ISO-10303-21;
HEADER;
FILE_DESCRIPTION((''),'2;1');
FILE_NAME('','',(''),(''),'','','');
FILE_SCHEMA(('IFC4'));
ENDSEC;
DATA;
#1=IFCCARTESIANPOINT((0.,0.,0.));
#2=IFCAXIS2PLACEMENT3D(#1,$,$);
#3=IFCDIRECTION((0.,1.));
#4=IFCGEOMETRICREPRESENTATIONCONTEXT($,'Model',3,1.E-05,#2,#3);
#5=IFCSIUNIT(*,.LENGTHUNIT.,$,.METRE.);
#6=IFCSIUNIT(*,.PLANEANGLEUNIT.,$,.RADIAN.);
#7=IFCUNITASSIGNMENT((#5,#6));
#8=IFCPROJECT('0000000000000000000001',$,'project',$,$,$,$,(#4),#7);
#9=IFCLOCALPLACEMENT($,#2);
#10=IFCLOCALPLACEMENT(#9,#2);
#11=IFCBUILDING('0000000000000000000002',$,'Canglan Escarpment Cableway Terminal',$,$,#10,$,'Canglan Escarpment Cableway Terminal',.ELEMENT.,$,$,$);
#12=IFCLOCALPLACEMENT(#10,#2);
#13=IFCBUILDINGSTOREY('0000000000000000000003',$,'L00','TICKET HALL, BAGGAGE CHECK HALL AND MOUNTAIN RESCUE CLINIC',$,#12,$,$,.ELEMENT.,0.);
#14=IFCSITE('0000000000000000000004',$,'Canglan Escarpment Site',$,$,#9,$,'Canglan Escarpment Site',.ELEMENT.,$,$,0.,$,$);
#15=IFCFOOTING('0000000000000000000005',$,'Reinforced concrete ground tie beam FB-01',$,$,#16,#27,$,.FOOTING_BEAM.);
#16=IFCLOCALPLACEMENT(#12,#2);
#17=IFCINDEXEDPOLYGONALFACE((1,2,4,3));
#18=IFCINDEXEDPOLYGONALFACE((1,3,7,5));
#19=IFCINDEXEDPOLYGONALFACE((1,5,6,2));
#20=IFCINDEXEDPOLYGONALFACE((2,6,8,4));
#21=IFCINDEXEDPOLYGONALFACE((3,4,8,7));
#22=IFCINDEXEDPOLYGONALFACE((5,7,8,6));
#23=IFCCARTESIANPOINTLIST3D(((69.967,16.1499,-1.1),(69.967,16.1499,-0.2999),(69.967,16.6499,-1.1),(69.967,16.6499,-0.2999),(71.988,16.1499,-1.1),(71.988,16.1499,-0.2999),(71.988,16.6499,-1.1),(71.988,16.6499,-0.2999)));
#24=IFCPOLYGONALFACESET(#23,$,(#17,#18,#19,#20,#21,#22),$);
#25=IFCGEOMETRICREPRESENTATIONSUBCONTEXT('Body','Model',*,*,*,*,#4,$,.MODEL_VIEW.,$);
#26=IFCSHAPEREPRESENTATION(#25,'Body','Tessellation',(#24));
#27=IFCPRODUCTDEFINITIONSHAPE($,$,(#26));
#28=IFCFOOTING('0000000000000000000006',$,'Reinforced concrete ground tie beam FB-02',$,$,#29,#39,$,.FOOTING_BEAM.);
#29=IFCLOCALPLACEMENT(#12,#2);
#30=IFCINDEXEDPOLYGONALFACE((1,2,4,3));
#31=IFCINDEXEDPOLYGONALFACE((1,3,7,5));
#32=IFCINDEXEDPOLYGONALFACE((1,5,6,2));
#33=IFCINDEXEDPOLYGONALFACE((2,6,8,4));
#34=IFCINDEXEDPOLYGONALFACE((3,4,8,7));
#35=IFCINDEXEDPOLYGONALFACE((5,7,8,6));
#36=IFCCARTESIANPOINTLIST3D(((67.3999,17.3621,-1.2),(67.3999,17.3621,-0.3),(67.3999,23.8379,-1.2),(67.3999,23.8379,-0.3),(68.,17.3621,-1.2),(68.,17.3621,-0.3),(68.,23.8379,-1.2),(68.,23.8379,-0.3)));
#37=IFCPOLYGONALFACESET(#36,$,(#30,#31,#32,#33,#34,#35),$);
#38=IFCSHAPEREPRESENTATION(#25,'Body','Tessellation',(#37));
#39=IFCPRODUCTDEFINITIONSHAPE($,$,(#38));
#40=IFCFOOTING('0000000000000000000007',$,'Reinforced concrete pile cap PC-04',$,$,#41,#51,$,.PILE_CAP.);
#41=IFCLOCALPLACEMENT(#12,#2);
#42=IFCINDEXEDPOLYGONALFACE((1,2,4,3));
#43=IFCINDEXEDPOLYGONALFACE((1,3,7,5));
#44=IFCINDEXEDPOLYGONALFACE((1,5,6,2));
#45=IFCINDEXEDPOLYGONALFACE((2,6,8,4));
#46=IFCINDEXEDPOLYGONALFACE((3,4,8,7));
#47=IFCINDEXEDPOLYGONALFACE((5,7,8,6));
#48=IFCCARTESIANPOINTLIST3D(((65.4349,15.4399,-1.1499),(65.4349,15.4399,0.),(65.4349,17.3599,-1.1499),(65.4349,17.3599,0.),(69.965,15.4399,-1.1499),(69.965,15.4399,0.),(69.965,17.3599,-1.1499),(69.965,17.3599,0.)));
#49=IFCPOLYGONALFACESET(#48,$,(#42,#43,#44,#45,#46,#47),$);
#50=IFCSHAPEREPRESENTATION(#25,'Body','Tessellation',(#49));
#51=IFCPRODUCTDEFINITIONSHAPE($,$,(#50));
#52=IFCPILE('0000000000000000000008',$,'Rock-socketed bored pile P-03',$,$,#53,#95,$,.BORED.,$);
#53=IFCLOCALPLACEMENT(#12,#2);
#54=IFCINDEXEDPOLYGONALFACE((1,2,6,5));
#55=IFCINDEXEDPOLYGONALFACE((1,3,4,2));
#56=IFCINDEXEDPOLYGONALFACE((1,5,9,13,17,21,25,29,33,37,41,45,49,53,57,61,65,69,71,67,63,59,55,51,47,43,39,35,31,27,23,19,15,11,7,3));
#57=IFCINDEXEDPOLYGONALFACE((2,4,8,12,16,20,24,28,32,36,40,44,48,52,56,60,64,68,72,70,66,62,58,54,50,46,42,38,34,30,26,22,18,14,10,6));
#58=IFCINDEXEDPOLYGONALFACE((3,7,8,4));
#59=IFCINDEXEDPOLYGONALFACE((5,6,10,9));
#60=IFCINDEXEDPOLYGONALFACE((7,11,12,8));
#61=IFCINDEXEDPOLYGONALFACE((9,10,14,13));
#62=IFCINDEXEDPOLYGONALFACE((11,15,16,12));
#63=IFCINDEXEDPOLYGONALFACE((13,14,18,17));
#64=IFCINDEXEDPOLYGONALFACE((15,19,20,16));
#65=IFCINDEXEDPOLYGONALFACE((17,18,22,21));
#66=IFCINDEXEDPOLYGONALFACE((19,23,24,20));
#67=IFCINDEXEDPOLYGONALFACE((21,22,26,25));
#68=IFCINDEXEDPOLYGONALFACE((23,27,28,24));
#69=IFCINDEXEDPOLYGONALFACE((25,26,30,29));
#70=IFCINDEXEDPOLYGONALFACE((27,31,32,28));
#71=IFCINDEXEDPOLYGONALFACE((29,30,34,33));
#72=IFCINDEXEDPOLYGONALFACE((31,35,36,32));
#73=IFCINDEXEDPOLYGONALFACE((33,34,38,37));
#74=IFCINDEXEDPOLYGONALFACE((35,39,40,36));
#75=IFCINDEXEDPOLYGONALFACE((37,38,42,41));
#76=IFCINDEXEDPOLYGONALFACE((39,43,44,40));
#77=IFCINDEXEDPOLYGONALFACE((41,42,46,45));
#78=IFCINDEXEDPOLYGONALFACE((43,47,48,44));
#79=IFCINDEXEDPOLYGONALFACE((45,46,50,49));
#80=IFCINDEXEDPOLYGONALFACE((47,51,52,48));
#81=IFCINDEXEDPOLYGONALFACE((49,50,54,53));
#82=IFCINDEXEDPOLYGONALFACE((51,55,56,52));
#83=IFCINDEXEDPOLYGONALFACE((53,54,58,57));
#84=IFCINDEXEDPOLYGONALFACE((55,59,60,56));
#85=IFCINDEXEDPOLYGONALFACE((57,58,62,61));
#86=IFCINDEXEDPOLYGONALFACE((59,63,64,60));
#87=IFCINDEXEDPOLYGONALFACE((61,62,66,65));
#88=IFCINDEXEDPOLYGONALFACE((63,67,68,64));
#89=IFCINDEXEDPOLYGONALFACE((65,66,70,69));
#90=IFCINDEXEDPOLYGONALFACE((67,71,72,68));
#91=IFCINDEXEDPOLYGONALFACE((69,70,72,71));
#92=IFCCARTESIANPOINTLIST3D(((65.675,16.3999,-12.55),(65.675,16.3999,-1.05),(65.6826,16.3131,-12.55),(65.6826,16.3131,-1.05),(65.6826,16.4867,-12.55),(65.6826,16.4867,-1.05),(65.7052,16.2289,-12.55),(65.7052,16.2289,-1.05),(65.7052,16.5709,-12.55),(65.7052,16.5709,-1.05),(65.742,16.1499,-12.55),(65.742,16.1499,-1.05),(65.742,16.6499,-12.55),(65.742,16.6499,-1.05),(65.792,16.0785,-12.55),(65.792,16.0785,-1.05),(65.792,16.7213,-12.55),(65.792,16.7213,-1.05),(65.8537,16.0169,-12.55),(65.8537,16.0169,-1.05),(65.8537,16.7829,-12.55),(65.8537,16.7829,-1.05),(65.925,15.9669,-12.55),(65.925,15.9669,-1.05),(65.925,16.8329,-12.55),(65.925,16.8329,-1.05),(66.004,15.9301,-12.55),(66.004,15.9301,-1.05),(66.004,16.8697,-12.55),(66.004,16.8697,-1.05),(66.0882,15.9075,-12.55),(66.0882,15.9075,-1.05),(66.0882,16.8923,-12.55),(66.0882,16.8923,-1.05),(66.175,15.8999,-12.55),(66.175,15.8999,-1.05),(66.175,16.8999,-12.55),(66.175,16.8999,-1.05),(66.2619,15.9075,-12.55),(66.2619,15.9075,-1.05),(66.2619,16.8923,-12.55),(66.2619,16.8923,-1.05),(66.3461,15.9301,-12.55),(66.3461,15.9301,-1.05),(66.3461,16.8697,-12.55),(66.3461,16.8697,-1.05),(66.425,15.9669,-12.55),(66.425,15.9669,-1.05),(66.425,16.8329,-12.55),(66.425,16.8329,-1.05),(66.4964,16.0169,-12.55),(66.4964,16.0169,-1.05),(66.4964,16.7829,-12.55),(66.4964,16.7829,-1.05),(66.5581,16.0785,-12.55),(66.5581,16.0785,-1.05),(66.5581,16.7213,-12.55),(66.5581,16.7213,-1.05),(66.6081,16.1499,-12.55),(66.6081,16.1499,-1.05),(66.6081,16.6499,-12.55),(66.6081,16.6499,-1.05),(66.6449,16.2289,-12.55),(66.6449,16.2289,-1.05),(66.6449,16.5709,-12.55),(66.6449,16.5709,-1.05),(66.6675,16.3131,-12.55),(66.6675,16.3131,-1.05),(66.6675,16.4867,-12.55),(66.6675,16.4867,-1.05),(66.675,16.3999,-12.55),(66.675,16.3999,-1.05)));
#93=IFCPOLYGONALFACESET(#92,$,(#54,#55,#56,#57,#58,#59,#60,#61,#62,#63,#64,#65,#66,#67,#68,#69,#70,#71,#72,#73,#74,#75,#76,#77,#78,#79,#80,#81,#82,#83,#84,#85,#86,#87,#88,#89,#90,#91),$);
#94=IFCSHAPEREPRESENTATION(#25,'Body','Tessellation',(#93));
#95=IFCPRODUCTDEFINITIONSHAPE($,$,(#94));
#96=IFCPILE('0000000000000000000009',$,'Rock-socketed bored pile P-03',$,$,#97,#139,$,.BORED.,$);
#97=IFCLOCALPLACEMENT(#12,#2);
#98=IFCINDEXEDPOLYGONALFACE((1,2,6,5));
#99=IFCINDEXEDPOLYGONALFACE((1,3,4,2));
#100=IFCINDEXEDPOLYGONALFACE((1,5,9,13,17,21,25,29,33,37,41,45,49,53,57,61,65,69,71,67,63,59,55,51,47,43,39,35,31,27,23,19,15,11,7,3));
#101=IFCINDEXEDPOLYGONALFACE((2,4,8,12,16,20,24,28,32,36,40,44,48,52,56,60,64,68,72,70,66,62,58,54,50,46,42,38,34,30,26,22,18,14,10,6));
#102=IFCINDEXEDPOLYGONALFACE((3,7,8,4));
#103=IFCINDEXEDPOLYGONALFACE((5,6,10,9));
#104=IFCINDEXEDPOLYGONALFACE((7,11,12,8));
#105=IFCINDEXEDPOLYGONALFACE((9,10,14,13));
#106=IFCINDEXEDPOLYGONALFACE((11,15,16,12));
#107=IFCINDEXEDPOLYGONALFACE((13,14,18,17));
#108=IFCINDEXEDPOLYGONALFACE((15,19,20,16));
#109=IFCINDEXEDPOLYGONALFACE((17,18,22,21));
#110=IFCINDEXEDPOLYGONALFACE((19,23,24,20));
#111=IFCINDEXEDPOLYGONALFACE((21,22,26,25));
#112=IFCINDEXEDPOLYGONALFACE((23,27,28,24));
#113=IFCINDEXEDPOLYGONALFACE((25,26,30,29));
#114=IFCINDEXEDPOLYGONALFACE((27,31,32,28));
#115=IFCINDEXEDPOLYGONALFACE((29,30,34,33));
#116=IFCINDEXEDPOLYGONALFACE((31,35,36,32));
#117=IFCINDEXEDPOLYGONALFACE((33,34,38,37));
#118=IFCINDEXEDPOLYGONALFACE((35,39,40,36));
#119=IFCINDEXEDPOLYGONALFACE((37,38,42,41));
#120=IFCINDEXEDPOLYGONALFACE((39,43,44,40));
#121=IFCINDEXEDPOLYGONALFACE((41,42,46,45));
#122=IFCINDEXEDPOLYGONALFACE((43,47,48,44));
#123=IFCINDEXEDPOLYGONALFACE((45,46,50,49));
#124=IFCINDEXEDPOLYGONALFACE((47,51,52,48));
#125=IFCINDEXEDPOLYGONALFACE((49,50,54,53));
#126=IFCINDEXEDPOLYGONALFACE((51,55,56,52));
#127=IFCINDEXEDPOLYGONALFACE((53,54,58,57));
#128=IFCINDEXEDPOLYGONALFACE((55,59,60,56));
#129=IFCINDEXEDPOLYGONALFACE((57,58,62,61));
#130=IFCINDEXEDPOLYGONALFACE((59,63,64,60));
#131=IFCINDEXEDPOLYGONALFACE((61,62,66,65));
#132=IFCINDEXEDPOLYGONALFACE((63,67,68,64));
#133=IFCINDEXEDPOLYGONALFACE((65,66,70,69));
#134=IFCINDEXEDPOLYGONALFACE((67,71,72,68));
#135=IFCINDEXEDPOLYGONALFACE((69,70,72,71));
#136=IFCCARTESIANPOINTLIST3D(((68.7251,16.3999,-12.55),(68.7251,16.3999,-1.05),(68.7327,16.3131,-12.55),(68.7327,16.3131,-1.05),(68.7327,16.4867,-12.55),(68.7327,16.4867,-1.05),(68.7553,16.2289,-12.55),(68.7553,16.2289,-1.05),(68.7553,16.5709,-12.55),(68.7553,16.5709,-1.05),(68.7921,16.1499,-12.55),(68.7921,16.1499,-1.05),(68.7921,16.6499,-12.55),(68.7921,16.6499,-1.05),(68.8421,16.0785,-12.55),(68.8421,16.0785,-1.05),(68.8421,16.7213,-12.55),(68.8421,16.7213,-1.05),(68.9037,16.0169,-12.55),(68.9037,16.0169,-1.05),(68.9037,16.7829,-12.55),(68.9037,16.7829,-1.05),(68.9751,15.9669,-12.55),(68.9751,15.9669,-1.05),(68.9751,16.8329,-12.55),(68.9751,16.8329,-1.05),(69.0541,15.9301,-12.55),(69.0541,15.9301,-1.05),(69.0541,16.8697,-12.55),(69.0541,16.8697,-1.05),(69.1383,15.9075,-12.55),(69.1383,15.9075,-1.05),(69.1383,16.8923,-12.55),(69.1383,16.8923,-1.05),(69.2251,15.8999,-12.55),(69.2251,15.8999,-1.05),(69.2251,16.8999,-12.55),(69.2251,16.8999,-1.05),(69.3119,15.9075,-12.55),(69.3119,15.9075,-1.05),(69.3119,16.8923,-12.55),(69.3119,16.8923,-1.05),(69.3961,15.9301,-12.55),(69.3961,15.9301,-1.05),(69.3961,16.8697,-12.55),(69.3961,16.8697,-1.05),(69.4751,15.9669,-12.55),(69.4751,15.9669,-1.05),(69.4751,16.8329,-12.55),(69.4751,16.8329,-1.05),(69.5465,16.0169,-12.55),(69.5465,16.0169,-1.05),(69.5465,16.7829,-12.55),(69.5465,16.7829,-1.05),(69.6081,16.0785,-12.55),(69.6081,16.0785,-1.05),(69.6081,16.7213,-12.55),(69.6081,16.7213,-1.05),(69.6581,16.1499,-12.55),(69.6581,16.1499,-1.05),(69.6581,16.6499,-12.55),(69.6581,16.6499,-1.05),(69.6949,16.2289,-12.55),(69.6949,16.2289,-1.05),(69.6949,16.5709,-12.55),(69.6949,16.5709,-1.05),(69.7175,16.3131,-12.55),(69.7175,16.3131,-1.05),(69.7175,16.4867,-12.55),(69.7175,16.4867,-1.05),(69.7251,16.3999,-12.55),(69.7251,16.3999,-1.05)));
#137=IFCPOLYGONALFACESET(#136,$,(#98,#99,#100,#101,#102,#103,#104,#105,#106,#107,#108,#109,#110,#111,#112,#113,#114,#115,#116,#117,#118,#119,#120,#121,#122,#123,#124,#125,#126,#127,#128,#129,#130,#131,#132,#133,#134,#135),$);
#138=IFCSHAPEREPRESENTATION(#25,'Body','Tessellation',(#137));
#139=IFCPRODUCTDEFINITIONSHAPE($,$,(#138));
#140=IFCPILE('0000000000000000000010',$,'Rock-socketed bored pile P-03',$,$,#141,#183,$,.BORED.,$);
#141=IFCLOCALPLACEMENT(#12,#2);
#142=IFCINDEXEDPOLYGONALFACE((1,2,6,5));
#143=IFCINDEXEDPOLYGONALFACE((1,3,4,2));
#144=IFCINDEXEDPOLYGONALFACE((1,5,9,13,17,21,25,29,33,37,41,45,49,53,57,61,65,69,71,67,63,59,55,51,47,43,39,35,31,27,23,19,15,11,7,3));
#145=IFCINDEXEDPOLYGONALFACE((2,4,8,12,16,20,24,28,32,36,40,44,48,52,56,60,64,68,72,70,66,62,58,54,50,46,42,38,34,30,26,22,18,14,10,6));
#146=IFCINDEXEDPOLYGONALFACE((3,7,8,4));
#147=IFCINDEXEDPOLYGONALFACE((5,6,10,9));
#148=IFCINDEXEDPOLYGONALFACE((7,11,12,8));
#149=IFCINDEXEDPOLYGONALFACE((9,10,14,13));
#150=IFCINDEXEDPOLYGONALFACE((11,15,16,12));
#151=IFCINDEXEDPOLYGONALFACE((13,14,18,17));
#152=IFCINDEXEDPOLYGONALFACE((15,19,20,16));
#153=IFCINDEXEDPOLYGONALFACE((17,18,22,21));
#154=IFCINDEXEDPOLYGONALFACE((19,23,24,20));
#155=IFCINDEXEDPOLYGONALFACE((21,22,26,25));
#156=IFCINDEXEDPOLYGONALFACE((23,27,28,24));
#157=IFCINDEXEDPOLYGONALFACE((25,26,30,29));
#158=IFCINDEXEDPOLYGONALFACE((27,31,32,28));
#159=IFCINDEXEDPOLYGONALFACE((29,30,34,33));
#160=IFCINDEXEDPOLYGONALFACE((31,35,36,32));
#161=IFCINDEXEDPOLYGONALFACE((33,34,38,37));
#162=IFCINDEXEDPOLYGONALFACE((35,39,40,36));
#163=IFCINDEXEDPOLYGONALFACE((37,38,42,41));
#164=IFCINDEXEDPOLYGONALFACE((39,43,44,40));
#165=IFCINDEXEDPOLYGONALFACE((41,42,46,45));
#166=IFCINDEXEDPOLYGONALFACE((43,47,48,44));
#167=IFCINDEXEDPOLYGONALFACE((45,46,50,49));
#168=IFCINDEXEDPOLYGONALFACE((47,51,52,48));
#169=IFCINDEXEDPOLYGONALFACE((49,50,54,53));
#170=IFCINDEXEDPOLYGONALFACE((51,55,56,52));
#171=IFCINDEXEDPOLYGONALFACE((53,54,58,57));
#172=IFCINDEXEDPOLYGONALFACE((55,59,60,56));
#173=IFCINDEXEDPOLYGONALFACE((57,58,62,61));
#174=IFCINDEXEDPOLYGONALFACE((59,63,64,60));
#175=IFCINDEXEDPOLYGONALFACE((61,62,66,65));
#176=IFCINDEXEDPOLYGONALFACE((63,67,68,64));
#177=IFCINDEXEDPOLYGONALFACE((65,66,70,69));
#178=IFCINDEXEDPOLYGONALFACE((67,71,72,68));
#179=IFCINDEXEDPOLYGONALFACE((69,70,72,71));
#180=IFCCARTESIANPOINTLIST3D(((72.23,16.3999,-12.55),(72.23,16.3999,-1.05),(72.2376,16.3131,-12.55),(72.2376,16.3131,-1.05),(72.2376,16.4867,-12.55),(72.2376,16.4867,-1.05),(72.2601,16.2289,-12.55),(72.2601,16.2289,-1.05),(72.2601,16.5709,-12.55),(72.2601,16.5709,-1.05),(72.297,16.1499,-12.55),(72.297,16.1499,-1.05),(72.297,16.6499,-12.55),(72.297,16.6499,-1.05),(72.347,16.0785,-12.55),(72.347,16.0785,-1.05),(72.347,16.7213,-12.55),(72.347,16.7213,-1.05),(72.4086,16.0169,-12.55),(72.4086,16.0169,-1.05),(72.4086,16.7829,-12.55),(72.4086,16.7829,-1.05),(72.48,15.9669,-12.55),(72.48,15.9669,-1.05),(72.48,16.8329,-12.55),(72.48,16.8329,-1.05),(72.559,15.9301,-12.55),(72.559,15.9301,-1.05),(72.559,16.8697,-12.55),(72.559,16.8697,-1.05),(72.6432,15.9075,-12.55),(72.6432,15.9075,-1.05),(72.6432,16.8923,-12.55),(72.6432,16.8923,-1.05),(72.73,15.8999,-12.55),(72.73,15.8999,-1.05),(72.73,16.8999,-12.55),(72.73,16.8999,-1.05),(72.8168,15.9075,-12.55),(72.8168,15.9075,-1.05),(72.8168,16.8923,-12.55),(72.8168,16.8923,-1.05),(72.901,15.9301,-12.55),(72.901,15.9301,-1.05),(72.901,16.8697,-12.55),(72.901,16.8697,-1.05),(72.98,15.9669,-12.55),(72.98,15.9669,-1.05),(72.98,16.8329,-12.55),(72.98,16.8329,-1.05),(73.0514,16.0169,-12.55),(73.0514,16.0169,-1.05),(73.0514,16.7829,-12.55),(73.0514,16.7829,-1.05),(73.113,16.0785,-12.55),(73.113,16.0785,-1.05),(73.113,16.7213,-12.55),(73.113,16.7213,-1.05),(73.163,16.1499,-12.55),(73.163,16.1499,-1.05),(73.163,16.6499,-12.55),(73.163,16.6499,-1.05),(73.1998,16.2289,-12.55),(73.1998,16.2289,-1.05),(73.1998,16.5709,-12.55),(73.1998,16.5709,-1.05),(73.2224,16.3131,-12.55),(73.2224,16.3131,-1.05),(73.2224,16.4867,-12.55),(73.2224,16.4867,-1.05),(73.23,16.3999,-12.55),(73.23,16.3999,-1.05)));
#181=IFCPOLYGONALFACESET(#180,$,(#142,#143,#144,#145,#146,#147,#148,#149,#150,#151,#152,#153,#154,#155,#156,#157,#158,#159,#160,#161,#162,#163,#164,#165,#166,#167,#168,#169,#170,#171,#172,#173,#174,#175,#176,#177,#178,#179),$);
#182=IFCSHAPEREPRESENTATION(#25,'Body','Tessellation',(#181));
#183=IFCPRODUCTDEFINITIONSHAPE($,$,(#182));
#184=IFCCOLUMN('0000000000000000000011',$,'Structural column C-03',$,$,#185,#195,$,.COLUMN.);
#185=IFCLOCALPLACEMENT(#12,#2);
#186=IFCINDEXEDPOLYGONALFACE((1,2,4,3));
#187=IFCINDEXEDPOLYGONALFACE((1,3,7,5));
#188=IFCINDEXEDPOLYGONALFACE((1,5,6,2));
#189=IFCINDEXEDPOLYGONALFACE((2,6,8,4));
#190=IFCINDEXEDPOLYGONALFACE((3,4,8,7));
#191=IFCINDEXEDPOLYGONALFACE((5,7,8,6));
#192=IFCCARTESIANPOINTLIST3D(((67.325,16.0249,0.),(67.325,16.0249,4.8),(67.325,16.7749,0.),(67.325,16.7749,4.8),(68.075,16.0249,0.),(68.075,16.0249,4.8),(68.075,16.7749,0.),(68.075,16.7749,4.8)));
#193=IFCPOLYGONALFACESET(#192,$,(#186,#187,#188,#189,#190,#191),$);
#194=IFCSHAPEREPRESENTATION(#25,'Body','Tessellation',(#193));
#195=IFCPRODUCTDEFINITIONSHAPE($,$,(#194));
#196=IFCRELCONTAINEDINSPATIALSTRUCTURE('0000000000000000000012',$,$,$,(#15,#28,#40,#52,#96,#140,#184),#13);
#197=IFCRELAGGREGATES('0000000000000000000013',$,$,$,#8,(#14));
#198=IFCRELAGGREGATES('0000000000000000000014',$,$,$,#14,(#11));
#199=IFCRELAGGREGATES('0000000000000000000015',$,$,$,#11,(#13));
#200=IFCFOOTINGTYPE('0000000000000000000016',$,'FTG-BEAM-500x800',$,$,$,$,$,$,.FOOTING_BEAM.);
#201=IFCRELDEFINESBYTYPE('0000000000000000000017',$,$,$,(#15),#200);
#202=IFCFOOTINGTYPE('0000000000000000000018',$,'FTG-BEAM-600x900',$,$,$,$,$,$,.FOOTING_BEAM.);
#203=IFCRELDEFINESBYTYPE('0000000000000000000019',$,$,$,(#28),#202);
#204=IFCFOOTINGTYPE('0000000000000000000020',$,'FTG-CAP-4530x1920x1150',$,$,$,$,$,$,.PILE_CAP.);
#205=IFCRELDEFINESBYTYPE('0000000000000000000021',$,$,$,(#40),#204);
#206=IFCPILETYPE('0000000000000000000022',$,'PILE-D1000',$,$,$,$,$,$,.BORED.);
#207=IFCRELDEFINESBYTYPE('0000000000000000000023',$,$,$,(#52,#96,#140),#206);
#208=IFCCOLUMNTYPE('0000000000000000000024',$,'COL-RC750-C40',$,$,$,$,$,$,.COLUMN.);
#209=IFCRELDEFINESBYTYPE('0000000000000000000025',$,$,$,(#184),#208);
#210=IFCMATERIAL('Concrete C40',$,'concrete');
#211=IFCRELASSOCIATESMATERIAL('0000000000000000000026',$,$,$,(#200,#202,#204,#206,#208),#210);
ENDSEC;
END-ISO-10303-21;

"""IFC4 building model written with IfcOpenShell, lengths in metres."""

from ifc_helpers import new_model, si_unit, direction, frame, origin, origin_2d, place, context, subcontext, project, spatial, rectangle, circle, extrude, material, material_profile, profile_set, type_object, element, save


model = new_model("IFC4")

# Units and contexts
model_context = context("Model", 3, precision=1e-05, world=origin(), true_north=direction((0.0, 1.0)))
body_context = subcontext(model_context, "Body", "Model", "MODEL_VIEW")
ifc_project = project(units=[si_unit("LENGTHUNIT", "METRE"), si_unit("PLANEANGLEUNIT", "RADIAN")], contexts=[model_context])

# Site, building, storey
site_placement = place(None, origin())
site = spatial("IfcSite", under=ifc_project, at=site_placement, Name="Canglan Escarpment Site", LongName="Canglan Escarpment Site", CompositionType="ELEMENT", RefElevation=0.0)
building_placement = place(site_placement, origin())
building = spatial("IfcBuilding", under=site, at=building_placement, Name="Canglan Escarpment Cableway Terminal", LongName="Canglan Escarpment Cableway Terminal", CompositionType="ELEMENT")
storey_placement = place(building_placement, origin())
storey = spatial("IfcBuildingStorey", under=building, at=storey_placement, Name="L00", Description="TICKET HALL, BAGGAGE CHECK HALL AND MOUNTAIN RESCUE CLINIC", CompositionType="ELEMENT", Elevation=0.0)

# Footings
ifc_material_1 = material(Name="Concrete C40", Category="concrete")
ifc_material_profile_1 = material_profile(ifc_material_1, rectangle(XDim=0.5, YDim=0.8, at=origin_2d()), Name="FB 500x800")
ifc_profile_set_1 = profile_set([ifc_material_profile_1], Name="Concrete C40")
footing_type_1 = type_object("IfcFootingType", Name="FTG-BEAM-500x800", PredefinedType="FOOTING_BEAM", material=ifc_profile_set_1)
footing_1_placement = place(storey_placement, frame((69.967, 16.3999, -0.7), z_axis=(1.0, 0.0, 0.0), x_axis=(0.0, 1.0, 0.0)))
element("IfcFooting", 1, at=footing_1_placement, inside=storey, type_object=footing_type_1, Name="Reinforced concrete ground tie beam FB-01", PredefinedType="FOOTING_BEAM", context=body_context, shape_type="SweptSolid", body=[
    extrude(rectangle(XDim=0.5, YDim=0.8, at=origin_2d()), origin(), (0.0, 0.0, 1.0), 2.021),
])
ifc_material_profile_2 = material_profile(ifc_material_1, rectangle(XDim=0.6001, YDim=0.8999, at=origin_2d()), Name="FB 600x900")
ifc_profile_set_2 = profile_set([ifc_material_profile_2], Name="Concrete C40")
footing_type_2 = type_object("IfcFootingType", Name="FTG-BEAM-600x900", PredefinedType="FOOTING_BEAM", material=ifc_profile_set_2)
footing_2_placement = place(storey_placement, frame((67.7, 17.3621, -0.75), z_axis=(0.0, 1.0, 0.0), x_axis=(-1.0, 0.0, 0.0)))
element("IfcFooting", 2, at=footing_2_placement, inside=storey, type_object=footing_type_2, Name="Reinforced concrete ground tie beam FB-02", PredefinedType="FOOTING_BEAM", context=body_context, shape_type="SweptSolid", body=[
    extrude(rectangle(XDim=0.6001, YDim=0.8999, at=origin_2d()), origin(), (0.0, 0.0, 1.0), 6.4758),
])
footing_type_3 = type_object("IfcFootingType", Name="FTG-CAP-4530x1920x1150", PredefinedType="PILE_CAP", material=ifc_material_1)
footing_3_placement = place(storey_placement, frame((67.7, 16.3999, -1.1499), z_axis=(0.0, 0.0, 1.0), x_axis=(1.0, 0.0, 0.0)))
element("IfcFooting", 3, at=footing_3_placement, inside=storey, type_object=footing_type_3, Name="Reinforced concrete pile cap PC-04", PredefinedType="PILE_CAP", context=body_context, shape_type="SweptSolid", body=[
    extrude(rectangle(XDim=4.53, YDim=1.9199, at=origin_2d()), origin(), (0.0, 0.0, 1.0), 1.1499),
])

# Piles
ifc_material_profile_3 = material_profile(ifc_material_1, circle(Radius=0.5, at=origin_2d()), Name="BORED PILE D1000")
ifc_profile_set_3 = profile_set([ifc_material_profile_3], Name="Concrete C40")
pile_type = type_object("IfcPileType", Name="PILE-D1000", PredefinedType="BORED", material=ifc_profile_set_3)
for number, where, z_axis, x_axis, name in (
    (4, (66.175, 16.3999, -1.05), (0.0, 0.0, -1.0), (1.0, 0.0, 0.0), "Rock-socketed bored pile P-03"),
    (5, (69.2251, 16.3999, -1.05), (0.0, 0.0, -1.0), (1.0, 0.0, 0.0), "Rock-socketed bored pile P-03"),
    (6, (72.73, 16.3999, -1.05), (0.0, 0.0, -1.0), (1.0, 0.0, 0.0), "Rock-socketed bored pile P-03"),
):
    element("IfcPile", number, at=place(storey_placement, frame(where, z_axis=z_axis, x_axis=x_axis)), inside=storey, type_object=pile_type, Name=name, PredefinedType="BORED", context=body_context, shape_type="SweptSolid", body=[
        extrude(circle(Radius=0.5, at=origin_2d()), origin(), (0.0, 0.0, 1.0), 11.5),
    ])

# Column
ifc_material_profile_4 = material_profile(ifc_material_1, rectangle(XDim=0.75, YDim=0.75, at=origin_2d()), Name="RC 750x750")
ifc_profile_set_4 = profile_set([ifc_material_profile_4], Name="Concrete C40")
column_type = type_object("IfcColumnType", Name="COL-RC750-C40", PredefinedType="COLUMN", material=ifc_profile_set_4)
column_placement = place(storey_placement, frame((67.7, 16.3999, 0.0), z_axis=(0.0, 0.0, 1.0), x_axis=(1.0, 0.0, 0.0)))
element("IfcColumn", 7, at=column_placement, inside=storey, type_object=column_type, Name="Structural column C-03", PredefinedType="COLUMN", context=body_context, shape_type="SweptSolid", body=[
    extrude(rectangle(XDim=0.75, YDim=0.75, at=origin_2d()), origin(), (0.0, 0.0, 1.0), 4.8),
])

save(model, "model.ifc")
